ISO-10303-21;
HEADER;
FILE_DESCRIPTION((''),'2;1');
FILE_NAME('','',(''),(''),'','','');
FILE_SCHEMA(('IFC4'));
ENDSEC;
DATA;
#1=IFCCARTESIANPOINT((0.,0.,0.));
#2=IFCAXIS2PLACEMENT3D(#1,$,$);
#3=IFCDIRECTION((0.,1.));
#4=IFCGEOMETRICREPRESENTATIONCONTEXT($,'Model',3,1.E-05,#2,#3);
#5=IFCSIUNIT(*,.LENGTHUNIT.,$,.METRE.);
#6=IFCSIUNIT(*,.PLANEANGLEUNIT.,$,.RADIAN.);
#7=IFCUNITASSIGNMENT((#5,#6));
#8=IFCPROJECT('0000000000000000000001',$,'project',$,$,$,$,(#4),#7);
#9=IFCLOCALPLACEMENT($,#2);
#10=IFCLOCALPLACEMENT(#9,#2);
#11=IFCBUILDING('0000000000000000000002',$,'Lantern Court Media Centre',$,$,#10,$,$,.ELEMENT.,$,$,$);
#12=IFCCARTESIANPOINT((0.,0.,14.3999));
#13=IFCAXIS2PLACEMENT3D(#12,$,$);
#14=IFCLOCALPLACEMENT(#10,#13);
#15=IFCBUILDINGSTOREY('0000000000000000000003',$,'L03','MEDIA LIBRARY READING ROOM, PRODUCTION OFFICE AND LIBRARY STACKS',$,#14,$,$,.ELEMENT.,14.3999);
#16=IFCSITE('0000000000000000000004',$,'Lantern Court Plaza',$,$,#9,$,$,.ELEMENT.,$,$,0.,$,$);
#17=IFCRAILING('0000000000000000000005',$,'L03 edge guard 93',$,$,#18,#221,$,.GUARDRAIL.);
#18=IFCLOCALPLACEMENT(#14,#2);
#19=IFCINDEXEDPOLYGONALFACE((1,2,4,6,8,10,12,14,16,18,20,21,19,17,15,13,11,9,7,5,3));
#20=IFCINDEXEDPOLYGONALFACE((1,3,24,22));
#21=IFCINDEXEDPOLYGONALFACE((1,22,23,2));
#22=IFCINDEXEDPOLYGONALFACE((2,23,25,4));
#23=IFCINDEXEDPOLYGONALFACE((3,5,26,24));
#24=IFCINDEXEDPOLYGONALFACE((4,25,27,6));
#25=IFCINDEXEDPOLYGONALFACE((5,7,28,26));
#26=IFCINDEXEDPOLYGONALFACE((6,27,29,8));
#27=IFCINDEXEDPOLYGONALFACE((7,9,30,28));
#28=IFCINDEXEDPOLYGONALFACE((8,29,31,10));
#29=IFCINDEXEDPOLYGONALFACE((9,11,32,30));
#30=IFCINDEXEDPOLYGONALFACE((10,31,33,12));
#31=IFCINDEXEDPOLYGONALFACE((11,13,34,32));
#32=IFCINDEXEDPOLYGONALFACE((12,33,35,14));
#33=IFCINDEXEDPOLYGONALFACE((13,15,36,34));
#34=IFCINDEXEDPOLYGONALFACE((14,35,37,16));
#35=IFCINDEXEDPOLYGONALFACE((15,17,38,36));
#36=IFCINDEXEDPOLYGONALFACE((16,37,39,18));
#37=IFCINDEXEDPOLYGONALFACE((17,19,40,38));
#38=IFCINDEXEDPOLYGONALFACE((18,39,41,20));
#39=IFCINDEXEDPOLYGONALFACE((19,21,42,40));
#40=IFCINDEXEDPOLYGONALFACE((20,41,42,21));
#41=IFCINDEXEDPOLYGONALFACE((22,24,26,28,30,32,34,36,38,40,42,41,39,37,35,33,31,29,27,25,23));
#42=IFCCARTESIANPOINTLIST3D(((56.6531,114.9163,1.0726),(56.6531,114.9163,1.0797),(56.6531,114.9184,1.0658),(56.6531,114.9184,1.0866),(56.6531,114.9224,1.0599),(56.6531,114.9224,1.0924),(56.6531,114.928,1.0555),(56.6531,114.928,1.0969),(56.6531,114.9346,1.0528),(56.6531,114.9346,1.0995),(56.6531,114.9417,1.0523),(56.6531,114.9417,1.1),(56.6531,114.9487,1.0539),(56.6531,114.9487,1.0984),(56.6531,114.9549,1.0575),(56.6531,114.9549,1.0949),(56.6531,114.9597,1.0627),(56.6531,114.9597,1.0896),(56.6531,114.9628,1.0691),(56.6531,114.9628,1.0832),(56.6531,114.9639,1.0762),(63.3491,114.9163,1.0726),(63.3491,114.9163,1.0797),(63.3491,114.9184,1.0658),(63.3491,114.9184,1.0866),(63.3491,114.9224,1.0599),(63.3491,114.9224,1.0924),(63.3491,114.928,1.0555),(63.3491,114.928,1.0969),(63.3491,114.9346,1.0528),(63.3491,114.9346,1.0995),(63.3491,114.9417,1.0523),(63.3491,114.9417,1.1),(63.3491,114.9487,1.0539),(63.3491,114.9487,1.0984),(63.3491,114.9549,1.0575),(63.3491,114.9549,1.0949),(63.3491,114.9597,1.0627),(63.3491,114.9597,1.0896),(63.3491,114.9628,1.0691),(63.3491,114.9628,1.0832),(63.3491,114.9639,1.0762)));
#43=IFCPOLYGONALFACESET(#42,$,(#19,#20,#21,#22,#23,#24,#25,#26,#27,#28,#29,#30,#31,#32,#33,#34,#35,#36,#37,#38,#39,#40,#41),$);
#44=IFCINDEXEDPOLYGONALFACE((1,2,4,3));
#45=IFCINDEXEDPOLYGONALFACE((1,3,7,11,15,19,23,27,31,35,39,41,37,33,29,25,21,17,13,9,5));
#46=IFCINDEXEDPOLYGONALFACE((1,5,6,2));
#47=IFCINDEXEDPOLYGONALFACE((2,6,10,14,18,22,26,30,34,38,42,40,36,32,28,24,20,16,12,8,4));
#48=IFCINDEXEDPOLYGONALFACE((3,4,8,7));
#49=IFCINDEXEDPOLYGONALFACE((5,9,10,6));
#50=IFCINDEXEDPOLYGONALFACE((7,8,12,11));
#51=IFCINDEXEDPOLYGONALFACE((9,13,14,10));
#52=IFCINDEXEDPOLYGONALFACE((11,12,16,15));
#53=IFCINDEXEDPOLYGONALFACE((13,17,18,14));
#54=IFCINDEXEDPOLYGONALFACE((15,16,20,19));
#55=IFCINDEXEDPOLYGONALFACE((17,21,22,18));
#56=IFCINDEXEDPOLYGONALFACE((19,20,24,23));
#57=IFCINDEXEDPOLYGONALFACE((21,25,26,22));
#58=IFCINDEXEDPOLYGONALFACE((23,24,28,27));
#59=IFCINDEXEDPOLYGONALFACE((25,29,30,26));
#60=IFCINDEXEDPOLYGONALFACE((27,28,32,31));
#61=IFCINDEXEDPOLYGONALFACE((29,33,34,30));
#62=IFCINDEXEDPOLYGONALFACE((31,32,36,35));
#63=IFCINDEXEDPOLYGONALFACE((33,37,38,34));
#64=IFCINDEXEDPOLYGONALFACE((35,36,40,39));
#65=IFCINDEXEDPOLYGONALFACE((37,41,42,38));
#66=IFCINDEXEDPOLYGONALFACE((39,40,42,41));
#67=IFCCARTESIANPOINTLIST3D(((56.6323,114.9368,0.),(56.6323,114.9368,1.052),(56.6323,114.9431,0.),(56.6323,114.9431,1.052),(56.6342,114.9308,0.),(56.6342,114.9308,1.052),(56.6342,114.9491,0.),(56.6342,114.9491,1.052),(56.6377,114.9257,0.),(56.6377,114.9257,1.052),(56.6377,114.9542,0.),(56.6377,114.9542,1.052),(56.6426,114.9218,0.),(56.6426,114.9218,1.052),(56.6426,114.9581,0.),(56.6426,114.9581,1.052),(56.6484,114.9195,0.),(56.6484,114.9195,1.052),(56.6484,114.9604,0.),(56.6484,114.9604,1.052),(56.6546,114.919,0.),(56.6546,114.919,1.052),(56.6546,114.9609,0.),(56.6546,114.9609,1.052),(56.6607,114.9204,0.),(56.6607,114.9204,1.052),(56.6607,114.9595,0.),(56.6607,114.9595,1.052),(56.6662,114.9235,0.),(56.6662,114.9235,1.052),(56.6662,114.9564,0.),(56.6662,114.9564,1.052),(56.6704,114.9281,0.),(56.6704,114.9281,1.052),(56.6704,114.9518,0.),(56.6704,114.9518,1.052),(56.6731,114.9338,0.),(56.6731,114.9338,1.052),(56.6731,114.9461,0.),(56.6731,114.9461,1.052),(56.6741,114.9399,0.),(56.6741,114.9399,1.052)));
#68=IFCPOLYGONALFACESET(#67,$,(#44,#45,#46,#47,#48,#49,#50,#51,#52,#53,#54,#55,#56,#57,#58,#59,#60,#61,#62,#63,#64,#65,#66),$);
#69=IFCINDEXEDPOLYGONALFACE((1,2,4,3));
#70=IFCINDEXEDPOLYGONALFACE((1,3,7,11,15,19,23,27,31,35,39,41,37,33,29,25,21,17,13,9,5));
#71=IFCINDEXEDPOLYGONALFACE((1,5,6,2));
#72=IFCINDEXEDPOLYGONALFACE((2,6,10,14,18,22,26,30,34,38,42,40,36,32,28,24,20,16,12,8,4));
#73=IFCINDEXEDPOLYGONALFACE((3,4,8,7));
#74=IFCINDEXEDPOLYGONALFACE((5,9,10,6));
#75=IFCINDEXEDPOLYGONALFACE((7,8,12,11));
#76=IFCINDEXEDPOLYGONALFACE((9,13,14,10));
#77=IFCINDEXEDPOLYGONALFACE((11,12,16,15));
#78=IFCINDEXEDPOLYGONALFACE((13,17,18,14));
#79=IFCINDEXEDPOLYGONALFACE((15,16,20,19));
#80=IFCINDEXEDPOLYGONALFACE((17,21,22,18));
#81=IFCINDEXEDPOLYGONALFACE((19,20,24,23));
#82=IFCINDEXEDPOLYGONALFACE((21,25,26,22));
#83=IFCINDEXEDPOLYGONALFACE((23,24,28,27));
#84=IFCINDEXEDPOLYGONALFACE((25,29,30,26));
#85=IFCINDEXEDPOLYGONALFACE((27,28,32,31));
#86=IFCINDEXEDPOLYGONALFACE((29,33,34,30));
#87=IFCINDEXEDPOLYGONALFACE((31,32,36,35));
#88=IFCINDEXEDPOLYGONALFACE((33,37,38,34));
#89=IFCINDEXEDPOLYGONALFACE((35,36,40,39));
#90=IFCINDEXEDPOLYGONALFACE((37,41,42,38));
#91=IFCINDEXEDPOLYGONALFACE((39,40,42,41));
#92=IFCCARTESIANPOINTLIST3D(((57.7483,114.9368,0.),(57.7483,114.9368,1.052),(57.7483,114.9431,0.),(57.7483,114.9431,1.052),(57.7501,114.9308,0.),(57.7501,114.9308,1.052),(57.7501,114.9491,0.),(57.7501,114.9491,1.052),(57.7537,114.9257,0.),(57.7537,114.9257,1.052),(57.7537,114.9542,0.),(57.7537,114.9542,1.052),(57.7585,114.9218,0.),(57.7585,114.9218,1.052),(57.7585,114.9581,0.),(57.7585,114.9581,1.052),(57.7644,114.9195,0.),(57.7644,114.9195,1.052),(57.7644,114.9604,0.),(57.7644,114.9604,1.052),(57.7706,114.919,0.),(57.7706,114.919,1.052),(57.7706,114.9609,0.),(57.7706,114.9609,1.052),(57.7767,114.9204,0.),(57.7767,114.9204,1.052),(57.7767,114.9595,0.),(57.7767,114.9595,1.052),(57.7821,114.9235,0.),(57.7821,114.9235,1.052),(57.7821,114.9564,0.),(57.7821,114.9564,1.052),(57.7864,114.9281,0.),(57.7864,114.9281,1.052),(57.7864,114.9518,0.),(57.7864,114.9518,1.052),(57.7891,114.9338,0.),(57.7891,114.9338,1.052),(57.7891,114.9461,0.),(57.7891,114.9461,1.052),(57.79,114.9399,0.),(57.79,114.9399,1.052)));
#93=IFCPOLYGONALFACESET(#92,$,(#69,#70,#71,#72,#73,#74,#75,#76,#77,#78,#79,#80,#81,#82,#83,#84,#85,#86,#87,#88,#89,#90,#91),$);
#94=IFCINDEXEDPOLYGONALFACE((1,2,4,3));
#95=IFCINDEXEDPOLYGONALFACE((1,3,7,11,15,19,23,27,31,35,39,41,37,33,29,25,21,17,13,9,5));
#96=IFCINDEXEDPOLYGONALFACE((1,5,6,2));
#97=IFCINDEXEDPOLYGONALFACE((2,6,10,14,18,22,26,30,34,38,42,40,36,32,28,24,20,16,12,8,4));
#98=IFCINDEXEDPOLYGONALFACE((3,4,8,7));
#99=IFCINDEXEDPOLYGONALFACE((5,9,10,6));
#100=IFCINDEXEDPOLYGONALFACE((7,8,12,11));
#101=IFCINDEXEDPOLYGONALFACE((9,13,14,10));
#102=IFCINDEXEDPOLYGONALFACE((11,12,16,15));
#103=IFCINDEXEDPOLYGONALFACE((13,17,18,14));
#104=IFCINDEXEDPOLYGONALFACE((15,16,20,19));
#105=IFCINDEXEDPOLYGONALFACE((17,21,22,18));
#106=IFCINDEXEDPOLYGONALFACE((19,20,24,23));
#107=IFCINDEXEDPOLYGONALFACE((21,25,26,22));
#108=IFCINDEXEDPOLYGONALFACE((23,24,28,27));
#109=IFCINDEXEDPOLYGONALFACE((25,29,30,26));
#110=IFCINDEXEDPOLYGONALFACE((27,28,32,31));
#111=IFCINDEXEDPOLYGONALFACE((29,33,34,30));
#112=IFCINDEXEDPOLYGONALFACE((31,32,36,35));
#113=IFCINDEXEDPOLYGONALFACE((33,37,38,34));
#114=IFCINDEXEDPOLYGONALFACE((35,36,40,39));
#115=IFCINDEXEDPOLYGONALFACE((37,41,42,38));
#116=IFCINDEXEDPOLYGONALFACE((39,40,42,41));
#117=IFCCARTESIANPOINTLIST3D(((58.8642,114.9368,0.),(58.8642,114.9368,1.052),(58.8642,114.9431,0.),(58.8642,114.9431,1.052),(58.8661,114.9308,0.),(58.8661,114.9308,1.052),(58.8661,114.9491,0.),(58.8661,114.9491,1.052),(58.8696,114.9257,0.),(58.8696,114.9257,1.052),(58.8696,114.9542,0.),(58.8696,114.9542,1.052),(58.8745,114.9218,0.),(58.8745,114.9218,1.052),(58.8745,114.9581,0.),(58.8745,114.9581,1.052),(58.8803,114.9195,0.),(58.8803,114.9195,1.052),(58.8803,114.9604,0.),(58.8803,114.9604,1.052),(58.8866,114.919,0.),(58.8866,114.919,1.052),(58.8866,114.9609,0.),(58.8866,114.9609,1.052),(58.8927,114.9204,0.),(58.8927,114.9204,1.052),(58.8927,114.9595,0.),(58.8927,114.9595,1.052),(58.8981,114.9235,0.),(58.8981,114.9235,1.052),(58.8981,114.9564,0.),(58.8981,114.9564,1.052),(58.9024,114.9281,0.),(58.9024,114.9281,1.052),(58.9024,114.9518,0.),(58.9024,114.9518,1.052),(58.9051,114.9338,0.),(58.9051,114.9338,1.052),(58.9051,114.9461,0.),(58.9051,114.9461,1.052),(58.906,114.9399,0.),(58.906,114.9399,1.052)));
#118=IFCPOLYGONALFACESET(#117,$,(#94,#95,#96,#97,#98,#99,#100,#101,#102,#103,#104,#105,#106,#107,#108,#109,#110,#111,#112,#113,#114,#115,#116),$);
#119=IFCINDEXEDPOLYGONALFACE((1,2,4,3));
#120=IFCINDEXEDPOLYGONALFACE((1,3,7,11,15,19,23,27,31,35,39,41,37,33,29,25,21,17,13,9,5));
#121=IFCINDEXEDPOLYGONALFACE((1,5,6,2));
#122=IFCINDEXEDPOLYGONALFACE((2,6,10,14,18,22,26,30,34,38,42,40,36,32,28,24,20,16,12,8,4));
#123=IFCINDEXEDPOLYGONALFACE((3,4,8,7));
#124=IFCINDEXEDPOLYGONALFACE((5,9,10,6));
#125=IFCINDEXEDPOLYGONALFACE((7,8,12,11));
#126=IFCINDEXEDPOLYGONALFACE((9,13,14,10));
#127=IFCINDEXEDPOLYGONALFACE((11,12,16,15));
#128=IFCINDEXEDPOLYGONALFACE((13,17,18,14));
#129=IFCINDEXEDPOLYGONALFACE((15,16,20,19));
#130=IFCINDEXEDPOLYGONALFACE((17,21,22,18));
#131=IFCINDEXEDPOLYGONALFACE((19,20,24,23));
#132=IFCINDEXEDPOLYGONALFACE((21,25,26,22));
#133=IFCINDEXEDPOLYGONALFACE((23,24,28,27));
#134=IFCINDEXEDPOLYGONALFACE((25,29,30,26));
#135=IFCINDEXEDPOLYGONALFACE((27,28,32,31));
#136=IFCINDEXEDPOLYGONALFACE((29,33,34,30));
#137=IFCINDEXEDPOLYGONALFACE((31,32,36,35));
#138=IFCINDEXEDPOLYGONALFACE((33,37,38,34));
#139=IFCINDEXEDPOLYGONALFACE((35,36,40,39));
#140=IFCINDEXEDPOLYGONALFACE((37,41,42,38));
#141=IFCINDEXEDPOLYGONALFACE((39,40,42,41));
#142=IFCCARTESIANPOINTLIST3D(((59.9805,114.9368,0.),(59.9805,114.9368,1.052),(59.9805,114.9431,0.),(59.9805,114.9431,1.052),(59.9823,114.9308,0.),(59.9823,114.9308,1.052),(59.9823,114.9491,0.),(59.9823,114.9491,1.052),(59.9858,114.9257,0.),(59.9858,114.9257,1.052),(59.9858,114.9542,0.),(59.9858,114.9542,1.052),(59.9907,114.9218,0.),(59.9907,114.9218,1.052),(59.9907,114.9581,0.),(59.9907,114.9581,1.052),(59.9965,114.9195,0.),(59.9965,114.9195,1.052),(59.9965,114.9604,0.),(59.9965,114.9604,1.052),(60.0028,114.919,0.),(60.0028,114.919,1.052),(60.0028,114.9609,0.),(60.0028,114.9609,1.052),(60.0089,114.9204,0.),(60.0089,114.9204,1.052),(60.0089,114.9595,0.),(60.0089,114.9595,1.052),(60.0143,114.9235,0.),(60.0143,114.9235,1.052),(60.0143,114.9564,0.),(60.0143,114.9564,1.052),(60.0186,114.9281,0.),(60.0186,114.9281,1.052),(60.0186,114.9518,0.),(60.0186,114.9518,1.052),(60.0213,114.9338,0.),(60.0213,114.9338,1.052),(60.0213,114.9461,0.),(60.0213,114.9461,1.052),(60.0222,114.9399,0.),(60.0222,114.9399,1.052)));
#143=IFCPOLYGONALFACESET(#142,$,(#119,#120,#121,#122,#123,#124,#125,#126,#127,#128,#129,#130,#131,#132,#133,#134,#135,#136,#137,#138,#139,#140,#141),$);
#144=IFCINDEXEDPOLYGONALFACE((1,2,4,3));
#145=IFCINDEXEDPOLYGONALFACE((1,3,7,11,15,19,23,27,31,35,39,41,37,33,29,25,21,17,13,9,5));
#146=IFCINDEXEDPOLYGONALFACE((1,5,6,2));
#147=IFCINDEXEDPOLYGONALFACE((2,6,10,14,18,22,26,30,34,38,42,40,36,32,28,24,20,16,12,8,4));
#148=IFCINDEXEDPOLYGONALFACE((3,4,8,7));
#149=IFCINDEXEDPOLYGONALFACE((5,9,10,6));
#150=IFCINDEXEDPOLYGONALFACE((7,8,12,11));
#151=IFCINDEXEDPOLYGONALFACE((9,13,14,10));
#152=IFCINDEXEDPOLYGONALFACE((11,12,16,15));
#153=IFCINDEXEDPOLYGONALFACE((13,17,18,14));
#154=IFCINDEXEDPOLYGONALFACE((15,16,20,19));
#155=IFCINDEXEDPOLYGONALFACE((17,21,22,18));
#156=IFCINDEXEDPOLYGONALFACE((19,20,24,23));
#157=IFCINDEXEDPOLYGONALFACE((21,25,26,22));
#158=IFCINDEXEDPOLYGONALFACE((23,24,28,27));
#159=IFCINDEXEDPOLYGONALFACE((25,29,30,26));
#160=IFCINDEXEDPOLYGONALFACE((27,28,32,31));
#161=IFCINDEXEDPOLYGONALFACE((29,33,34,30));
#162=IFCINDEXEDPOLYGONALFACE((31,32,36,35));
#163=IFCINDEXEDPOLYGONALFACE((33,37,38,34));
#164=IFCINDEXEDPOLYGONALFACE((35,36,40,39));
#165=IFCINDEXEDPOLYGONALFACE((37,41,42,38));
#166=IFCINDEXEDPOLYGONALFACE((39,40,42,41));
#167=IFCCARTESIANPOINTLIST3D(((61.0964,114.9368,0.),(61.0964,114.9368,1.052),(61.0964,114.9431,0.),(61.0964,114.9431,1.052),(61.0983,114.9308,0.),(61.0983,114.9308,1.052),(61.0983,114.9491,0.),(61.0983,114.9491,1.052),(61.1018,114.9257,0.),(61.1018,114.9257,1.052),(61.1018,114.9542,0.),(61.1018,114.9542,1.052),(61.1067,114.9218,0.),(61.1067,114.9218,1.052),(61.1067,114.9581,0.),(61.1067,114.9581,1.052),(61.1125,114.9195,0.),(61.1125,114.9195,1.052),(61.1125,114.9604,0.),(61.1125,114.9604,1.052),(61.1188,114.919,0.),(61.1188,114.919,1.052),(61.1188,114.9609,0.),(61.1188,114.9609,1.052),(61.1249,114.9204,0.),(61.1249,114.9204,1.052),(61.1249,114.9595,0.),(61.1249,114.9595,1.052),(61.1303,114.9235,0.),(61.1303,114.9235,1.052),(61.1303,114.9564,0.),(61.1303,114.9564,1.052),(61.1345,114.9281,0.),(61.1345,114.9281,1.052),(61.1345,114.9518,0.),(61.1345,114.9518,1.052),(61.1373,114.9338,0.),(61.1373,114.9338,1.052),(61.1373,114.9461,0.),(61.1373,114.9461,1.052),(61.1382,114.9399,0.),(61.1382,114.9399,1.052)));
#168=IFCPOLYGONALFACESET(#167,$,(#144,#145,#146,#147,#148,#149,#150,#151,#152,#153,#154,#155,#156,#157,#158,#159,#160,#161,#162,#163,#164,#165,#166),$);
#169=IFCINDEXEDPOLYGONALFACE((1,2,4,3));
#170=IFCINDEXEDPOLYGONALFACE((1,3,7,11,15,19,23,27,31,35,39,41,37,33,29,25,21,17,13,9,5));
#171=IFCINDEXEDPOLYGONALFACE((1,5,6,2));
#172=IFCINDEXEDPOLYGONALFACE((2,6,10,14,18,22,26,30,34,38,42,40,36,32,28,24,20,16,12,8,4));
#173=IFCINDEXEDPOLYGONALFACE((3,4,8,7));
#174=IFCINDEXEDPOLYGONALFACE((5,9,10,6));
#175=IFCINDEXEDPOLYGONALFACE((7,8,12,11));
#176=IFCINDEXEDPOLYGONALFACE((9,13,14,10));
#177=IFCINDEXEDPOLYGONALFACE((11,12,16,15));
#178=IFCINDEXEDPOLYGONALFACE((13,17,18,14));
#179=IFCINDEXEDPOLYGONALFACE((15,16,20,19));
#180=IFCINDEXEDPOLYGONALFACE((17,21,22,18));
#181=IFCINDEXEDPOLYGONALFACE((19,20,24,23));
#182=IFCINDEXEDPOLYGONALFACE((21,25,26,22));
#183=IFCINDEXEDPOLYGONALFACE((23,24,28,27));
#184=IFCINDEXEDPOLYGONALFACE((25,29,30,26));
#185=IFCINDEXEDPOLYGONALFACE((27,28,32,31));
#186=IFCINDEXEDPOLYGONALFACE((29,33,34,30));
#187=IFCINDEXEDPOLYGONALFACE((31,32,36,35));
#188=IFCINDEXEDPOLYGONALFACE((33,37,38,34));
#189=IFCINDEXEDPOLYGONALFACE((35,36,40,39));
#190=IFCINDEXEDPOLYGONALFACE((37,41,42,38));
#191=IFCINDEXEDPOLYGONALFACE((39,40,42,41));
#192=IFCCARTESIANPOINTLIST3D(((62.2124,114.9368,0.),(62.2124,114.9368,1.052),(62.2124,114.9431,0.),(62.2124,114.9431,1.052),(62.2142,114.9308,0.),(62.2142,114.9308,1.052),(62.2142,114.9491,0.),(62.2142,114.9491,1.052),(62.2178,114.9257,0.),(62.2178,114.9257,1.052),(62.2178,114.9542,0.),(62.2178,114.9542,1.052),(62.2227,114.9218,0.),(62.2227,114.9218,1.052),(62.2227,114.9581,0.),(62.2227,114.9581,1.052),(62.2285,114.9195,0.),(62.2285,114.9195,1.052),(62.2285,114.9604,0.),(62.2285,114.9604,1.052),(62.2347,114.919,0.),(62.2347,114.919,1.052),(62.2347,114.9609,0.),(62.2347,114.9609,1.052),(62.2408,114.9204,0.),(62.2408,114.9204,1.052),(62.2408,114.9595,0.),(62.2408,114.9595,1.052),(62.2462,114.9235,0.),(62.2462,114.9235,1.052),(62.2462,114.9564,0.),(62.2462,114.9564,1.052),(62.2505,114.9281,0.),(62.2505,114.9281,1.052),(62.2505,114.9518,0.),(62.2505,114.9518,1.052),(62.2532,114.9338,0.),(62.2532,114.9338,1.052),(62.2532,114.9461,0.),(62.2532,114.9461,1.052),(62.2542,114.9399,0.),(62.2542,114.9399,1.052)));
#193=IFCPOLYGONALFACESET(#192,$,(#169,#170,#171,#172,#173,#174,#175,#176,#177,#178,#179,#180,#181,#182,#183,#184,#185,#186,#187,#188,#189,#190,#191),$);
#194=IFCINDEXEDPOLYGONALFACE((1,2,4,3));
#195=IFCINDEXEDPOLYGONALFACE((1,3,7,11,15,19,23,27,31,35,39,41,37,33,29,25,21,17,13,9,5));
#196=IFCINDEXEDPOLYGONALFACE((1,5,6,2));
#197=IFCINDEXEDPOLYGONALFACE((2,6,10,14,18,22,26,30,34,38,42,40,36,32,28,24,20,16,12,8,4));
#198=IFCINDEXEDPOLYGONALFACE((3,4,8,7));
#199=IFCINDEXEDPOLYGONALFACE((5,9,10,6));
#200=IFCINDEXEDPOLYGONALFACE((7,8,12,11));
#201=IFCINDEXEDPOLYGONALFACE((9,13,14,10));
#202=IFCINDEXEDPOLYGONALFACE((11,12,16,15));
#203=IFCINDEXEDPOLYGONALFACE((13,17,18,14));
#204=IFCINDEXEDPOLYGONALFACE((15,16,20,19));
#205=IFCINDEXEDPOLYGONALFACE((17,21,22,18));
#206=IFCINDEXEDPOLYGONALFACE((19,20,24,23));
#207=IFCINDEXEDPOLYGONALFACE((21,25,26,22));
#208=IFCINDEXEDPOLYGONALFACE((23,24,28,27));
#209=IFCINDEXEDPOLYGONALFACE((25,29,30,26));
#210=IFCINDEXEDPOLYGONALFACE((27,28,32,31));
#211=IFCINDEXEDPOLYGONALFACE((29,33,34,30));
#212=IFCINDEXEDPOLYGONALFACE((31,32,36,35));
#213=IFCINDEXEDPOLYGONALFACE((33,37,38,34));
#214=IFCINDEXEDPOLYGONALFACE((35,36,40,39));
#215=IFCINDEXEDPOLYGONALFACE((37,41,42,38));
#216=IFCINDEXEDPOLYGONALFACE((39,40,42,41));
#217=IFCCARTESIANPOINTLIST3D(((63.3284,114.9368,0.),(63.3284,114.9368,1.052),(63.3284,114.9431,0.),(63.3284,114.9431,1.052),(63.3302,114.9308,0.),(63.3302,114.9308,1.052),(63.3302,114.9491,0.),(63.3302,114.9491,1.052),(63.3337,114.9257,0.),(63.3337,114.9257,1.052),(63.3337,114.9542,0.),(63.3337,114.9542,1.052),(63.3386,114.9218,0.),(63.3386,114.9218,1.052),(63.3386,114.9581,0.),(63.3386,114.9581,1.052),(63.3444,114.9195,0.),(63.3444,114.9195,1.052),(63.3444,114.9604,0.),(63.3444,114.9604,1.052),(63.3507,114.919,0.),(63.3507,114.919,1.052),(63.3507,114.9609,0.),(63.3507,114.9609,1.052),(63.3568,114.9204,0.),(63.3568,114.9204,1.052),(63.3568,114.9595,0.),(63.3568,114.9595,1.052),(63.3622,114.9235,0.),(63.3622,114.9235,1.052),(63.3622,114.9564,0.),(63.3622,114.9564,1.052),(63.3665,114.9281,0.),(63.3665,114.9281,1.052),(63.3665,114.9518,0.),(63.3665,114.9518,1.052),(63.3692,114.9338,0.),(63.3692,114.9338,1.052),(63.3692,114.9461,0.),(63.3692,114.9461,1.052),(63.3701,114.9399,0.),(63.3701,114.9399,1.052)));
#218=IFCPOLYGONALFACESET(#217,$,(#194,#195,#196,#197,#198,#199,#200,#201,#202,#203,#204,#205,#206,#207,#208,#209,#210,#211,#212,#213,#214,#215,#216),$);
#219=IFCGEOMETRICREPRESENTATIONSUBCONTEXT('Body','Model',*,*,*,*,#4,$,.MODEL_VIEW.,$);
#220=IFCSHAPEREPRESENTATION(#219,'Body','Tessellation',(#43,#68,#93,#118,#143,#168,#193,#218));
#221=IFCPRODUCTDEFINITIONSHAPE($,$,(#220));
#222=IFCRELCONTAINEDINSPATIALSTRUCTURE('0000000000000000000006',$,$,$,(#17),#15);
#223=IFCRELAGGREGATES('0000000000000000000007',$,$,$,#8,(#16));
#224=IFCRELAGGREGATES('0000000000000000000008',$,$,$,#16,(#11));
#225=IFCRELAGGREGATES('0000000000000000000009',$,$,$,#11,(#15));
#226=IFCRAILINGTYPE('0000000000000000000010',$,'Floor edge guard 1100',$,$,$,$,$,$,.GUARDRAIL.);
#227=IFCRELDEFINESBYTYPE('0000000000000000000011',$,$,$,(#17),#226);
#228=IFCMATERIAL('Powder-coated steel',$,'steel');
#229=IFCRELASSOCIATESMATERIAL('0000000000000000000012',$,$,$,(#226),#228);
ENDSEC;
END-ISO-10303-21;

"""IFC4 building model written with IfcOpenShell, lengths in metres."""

from ifc_helpers import new_model, si_unit, direction, frame, origin, origin_2d, place, context, subcontext, project, spatial, circle, extrude, material, type_object, element, save


model = new_model("IFC4")

# Units and contexts
model_context = context("Model", 3, precision=1e-05, world=origin(), true_north=direction((0.0, 1.0)))
body_context = subcontext(model_context, "Body", "Model", "MODEL_VIEW")
ifc_project = project(units=[si_unit("LENGTHUNIT", "METRE"), si_unit("PLANEANGLEUNIT", "RADIAN")], contexts=[model_context])

# Site, building, storey
site_placement = place(None, origin())
site = spatial("IfcSite", under=ifc_project, at=site_placement, Name="Lantern Court Plaza", CompositionType="ELEMENT", RefElevation=0.0)
building_placement = place(site_placement, origin())
building = spatial("IfcBuilding", under=site, at=building_placement, Name="Lantern Court Media Centre", CompositionType="ELEMENT")
storey_placement = place(building_placement, frame((0.0, 0.0, 14.3999)))
storey = spatial("IfcBuildingStorey", under=building, at=storey_placement, Name="L03", Description="MEDIA LIBRARY READING ROOM, PRODUCTION OFFICE AND LIBRARY STACKS", CompositionType="ELEMENT", Elevation=14.3999)

# Railing
ifc_material_1 = material(Name="Powder-coated steel", Category="steel")
railing_type = type_object("IfcRailingType", Name="Floor edge guard 1100", PredefinedType="GUARDRAIL", material=ifc_material_1)
railing_placement = place(storey_placement, frame((56.6531, 114.9399, 0.0)))
element("IfcRailing", 1, at=railing_placement, inside=storey, type_object=railing_type, Name="L03 edge guard 93", PredefinedType="GUARDRAIL", context=body_context, shape_type="SweptSolid", body=[
    extrude(circle(Radius=0.0239, at=origin_2d()), frame((0.0, 0.0, 1.0762), z_axis=(1.0, 0.0, 0.0), x_axis=(0.0, 1.0, 0.0)), (0.0, 0.0, 1.0), 6.696),
    extrude(circle(Radius=0.021, at=origin_2d()), origin(), (0.0, 0.0, 1.0), 1.052),
    extrude(circle(Radius=0.021, at=origin_2d()), frame((1.116, 0.0, 0.0)), (0.0, 0.0, 1.0), 1.052),
    extrude(circle(Radius=0.021, at=origin_2d()), frame((2.2319, 0.0, 0.0)), (0.0, 0.0, 1.0), 1.052),
    extrude(circle(Radius=0.021, at=origin_2d()), frame((3.3481, 0.0, 0.0)), (0.0, 0.0, 1.0), 1.052),
    extrude(circle(Radius=0.021, at=origin_2d()), frame((4.4641, 0.0, 0.0)), (0.0, 0.0, 1.0), 1.052),
    extrude(circle(Radius=0.021, at=origin_2d()), frame((5.5801, 0.0, 0.0)), (0.0, 0.0, 1.0), 1.052),
    extrude(circle(Radius=0.021, at=origin_2d()), frame((6.696, 0.0, 0.0)), (0.0, 0.0, 1.0), 1.052),
])

save(model, "model.ifc")
